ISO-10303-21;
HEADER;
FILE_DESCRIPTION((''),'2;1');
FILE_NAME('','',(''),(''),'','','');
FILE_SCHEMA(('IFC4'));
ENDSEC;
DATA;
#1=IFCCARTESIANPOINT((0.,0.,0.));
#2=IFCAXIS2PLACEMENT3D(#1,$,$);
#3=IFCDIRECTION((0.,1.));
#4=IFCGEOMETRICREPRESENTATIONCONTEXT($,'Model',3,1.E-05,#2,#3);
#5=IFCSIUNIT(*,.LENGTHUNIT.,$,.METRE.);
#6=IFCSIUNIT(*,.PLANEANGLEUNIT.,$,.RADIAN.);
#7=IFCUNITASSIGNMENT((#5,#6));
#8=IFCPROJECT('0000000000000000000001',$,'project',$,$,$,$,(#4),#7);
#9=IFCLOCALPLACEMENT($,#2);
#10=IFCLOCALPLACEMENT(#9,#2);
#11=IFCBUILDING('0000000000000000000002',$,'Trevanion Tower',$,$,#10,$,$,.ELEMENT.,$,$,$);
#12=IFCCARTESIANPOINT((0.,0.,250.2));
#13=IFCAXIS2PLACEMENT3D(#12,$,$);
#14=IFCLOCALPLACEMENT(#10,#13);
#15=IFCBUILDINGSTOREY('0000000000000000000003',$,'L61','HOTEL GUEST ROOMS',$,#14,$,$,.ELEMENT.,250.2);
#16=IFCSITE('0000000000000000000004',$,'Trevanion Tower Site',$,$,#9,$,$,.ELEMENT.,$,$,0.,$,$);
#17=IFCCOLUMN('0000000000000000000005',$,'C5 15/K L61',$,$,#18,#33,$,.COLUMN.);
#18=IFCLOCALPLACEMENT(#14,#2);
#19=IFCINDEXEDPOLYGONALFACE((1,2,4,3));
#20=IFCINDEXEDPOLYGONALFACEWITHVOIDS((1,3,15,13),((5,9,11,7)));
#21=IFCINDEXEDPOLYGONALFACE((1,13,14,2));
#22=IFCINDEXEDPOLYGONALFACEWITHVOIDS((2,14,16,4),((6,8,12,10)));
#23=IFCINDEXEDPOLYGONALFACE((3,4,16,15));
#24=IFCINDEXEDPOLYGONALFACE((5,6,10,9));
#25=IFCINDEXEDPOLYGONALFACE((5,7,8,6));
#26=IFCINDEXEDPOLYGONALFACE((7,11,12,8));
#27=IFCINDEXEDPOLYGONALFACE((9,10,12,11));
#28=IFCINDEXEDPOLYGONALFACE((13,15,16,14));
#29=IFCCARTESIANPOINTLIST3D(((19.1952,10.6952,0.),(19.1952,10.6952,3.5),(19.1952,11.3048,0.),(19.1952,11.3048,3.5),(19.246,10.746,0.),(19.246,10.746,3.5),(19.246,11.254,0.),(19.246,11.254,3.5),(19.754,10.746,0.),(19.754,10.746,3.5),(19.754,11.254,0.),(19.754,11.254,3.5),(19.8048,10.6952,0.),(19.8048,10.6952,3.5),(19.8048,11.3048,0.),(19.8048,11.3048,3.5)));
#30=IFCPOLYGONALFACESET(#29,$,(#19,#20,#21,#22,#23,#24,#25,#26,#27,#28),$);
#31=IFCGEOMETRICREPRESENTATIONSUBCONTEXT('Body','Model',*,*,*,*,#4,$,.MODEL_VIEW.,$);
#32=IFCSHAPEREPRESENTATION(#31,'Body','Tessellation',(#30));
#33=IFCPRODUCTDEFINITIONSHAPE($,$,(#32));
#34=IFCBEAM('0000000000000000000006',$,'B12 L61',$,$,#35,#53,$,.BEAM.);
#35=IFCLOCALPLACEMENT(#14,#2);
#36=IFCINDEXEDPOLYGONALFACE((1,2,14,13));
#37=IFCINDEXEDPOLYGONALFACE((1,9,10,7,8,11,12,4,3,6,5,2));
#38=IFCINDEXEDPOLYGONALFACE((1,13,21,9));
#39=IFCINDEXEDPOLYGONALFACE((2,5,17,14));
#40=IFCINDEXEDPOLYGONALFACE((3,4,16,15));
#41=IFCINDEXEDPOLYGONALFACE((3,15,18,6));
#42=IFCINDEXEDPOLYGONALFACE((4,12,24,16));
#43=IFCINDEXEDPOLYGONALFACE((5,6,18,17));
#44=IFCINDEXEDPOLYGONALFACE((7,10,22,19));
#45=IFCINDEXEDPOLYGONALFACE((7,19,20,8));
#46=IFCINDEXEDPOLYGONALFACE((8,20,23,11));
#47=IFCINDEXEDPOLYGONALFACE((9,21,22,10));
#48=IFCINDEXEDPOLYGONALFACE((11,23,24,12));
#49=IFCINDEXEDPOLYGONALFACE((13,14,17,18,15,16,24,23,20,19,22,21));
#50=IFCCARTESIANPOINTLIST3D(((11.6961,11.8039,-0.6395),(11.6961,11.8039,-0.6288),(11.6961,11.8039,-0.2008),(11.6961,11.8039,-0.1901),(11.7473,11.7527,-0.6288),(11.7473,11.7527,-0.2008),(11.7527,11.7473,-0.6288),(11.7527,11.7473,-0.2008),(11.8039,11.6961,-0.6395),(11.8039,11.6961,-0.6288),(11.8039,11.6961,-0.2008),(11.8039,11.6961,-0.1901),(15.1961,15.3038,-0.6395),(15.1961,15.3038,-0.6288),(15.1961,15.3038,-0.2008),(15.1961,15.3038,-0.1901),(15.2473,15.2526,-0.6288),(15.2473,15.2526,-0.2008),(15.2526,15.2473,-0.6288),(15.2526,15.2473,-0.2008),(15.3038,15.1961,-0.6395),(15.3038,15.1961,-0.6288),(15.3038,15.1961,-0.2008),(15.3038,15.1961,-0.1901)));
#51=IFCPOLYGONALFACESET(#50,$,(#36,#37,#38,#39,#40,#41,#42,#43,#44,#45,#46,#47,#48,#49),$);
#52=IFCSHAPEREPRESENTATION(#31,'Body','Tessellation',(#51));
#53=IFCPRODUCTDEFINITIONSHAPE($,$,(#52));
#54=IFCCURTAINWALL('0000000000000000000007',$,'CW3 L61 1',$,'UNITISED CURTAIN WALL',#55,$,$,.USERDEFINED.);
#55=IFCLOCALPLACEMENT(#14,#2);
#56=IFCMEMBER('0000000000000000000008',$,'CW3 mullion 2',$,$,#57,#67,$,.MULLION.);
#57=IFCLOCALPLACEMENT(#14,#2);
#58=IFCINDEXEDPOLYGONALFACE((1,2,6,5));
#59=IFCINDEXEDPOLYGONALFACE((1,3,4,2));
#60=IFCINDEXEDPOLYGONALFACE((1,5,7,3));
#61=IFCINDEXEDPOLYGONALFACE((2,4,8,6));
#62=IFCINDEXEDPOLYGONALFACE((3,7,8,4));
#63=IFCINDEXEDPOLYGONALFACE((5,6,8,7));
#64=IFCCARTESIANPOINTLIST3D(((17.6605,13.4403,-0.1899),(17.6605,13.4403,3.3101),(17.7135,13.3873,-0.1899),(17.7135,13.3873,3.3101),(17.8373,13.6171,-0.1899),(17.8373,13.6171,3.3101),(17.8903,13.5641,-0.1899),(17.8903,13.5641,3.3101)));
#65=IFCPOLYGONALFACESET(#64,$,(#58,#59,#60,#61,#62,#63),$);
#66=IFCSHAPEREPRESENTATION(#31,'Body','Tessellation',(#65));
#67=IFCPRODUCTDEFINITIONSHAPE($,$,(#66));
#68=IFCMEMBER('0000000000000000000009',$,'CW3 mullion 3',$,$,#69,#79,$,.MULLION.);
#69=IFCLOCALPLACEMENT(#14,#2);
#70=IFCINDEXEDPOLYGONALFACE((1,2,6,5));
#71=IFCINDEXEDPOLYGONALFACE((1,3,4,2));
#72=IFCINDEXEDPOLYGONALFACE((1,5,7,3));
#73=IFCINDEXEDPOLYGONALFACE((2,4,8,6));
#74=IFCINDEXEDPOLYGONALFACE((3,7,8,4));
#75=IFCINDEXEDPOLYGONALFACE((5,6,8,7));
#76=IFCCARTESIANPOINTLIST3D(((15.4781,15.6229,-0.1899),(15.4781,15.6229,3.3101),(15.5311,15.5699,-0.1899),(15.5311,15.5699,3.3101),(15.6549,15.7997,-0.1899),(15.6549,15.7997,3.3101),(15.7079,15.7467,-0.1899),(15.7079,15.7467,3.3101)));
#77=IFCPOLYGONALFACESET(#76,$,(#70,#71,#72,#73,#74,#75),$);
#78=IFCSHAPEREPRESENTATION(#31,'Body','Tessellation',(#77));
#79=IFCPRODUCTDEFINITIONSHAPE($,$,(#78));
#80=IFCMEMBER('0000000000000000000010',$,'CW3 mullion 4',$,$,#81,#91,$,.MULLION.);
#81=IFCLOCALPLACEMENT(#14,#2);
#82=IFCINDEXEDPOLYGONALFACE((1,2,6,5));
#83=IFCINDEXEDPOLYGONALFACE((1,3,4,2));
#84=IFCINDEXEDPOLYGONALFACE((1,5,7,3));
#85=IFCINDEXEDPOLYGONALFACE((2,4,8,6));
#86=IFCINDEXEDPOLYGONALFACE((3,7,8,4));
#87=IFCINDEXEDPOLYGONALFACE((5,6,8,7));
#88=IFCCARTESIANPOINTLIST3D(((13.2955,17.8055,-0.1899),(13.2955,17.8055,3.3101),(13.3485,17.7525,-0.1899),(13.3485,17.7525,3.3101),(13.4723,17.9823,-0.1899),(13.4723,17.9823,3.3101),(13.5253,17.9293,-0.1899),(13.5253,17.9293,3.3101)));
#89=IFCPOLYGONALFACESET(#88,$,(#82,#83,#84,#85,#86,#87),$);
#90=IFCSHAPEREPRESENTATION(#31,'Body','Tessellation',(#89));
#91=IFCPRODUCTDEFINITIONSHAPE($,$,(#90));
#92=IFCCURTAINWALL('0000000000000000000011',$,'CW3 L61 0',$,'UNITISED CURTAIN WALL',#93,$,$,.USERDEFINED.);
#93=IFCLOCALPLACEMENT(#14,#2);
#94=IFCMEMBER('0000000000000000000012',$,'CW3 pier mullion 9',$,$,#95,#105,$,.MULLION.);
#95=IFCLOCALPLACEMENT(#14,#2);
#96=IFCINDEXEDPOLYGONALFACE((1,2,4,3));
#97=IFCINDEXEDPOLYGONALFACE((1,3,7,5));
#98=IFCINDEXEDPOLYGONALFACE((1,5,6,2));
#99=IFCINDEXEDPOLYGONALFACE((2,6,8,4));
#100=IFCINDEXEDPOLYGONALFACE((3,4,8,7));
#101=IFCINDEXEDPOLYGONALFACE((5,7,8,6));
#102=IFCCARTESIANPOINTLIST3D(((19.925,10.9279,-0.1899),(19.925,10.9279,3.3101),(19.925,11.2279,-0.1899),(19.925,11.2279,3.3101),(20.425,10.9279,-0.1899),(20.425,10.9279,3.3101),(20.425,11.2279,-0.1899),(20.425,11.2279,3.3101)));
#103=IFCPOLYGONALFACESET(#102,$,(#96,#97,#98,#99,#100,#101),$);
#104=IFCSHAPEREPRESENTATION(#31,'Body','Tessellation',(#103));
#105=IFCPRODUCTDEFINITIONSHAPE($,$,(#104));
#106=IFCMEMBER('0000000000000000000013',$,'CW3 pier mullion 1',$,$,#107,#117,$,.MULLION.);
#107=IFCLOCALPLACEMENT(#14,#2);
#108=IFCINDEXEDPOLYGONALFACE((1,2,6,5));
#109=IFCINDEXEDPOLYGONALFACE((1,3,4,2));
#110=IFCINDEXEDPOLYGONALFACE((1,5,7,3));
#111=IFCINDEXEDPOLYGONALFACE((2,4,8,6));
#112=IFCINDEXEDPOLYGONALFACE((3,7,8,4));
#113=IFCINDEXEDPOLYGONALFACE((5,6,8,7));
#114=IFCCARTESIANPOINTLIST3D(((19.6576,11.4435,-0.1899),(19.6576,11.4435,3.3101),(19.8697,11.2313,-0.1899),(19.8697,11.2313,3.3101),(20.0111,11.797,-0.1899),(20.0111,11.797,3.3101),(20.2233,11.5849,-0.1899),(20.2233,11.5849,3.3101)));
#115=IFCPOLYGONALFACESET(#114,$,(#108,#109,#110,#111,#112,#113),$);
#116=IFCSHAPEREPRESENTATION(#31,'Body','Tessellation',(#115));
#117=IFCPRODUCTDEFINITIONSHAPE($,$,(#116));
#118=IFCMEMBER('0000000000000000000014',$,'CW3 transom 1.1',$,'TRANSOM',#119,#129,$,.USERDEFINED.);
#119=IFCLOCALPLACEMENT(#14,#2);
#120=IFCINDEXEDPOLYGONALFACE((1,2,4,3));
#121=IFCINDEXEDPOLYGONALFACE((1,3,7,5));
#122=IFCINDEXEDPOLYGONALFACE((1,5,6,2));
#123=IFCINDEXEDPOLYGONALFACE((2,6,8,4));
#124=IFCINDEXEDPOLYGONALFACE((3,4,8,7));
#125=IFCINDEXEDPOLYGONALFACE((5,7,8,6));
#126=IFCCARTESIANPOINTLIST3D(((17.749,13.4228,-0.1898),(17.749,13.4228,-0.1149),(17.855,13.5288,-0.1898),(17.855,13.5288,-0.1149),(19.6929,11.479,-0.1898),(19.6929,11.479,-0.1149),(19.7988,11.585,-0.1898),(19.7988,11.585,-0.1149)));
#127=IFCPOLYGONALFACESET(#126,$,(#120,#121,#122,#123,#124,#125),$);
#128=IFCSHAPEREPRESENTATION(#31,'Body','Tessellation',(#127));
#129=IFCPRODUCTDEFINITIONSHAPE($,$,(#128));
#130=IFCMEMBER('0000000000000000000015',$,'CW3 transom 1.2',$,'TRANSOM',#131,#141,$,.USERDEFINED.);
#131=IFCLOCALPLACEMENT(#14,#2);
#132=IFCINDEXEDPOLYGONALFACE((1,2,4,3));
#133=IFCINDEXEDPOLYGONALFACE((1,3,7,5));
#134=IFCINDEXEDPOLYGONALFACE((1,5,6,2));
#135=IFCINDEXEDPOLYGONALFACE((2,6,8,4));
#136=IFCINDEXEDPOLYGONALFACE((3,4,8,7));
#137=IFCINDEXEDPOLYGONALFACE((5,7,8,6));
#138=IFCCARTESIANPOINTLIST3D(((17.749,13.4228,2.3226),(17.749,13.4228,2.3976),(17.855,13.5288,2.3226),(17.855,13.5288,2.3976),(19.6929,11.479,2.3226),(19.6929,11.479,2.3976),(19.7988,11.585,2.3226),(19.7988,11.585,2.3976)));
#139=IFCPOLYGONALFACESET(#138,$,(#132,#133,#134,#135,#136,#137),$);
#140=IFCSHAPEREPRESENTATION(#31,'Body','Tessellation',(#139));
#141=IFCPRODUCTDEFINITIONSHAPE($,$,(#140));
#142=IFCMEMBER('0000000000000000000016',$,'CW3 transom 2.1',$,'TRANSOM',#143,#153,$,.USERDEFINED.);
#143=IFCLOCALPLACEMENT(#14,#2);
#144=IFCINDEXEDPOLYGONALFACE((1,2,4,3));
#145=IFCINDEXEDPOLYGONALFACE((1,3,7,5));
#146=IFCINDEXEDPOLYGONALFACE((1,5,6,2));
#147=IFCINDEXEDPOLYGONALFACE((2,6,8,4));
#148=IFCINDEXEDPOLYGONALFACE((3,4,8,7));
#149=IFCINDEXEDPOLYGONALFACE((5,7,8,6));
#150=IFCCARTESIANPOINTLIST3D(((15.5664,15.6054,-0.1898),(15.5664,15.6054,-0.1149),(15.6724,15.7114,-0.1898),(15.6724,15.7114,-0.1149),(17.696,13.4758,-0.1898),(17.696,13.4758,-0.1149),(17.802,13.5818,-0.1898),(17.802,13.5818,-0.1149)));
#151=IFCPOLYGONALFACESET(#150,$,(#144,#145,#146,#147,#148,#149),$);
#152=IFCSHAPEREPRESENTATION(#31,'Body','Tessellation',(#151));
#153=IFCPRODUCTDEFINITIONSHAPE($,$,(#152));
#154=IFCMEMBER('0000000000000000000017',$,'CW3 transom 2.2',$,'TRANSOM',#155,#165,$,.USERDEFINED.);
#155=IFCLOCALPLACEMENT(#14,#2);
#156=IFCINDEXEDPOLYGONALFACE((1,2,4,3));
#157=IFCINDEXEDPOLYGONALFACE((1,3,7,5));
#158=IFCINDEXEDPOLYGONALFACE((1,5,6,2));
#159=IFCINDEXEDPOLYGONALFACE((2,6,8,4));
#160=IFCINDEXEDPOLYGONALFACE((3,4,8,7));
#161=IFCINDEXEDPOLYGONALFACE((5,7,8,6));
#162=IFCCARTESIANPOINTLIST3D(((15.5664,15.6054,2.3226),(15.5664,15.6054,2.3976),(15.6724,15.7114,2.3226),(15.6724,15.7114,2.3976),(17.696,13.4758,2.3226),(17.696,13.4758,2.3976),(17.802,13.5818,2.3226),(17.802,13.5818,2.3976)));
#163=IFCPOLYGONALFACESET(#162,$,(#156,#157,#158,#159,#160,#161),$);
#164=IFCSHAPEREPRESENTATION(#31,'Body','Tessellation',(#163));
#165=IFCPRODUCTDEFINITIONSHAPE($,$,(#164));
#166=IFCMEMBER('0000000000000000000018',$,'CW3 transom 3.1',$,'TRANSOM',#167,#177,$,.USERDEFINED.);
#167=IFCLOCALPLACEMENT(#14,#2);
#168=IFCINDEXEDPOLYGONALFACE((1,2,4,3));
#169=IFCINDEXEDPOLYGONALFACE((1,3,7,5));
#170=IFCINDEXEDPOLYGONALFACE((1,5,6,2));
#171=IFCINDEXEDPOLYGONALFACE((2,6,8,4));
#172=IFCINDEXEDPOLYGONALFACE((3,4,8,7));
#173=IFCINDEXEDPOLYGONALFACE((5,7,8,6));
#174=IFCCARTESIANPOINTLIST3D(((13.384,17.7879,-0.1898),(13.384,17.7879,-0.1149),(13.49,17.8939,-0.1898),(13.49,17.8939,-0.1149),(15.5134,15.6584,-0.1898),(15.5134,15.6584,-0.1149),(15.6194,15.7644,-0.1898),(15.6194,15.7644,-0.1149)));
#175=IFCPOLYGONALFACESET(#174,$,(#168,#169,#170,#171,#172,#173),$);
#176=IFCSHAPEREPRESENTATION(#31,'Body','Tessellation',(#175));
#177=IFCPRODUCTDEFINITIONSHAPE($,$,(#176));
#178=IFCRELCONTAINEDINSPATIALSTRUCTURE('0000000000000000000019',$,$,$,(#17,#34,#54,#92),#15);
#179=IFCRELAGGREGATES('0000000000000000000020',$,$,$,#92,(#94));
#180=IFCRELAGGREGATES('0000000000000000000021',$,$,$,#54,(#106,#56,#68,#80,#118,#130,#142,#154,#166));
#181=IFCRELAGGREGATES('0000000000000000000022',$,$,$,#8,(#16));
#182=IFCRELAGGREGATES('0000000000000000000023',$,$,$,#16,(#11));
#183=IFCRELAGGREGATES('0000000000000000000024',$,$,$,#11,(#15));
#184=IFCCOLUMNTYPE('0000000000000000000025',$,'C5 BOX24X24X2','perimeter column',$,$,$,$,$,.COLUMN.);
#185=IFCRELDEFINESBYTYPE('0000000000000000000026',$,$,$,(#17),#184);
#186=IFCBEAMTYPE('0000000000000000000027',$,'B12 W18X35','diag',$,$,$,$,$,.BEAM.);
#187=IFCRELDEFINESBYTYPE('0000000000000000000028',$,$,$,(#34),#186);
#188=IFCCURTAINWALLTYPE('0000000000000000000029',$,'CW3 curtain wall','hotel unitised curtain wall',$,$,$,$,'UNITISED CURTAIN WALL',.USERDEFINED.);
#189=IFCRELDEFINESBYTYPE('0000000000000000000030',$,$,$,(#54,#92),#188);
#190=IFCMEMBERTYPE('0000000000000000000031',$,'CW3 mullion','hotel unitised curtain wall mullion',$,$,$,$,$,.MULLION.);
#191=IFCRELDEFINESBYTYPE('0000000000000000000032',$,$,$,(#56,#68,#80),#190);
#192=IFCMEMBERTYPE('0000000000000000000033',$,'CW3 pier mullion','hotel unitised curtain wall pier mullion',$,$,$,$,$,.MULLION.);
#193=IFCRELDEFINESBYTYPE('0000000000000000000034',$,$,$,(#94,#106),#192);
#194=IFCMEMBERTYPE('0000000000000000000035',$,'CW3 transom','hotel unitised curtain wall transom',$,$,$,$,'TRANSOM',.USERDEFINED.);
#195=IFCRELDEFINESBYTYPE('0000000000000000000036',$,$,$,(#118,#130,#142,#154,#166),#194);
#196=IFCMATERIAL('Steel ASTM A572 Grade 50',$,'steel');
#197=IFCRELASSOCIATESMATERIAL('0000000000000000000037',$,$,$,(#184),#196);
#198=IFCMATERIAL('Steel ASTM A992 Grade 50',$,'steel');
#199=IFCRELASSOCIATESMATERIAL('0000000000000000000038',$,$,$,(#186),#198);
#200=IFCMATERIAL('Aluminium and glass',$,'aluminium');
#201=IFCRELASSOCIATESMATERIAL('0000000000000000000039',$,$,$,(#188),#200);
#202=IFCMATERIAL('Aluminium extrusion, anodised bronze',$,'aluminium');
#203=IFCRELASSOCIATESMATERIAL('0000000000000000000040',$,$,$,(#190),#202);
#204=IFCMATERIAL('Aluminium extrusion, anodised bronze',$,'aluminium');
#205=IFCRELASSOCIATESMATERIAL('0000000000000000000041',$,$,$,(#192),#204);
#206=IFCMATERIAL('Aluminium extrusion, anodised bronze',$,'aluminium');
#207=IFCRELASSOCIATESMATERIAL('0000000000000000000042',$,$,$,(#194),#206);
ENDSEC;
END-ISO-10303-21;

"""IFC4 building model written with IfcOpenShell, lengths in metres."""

from ifc_helpers import new_model, si_unit, direction, frame, origin, origin_2d, place, context, subcontext, project, spatial, rectangle, hollow_rectangle, i_section, extrude, material, material_profile, profile_set, type_object, element, aggregate, save


model = new_model("IFC4")

# Units and contexts
model_context = context("Model", 3, precision=1e-05, world=origin(), true_north=direction((0.0, 1.0)))
body_context = subcontext(model_context, "Body", "Model", "MODEL_VIEW")
ifc_project = project(units=[si_unit("LENGTHUNIT", "METRE"), si_unit("PLANEANGLEUNIT", "RADIAN")], contexts=[model_context])

# Site, building, storey
site_placement = place(None, origin())
site = spatial("IfcSite", under=ifc_project, at=site_placement, Name="Trevanion Tower Site", CompositionType="ELEMENT", RefElevation=0.0)
building_placement = place(site_placement, origin())
building = spatial("IfcBuilding", under=site, at=building_placement, Name="Trevanion Tower", CompositionType="ELEMENT")
storey_placement = place(building_placement, frame((0.0, 0.0, 250.2)))
storey = spatial("IfcBuildingStorey", under=building, at=storey_placement, Name="L61", Description="HOTEL GUEST ROOMS", CompositionType="ELEMENT", Elevation=250.2)

# Column
ifc_material_1 = material(Name="Steel ASTM A572 Grade 50", Category="steel")
ifc_material_profile_1 = material_profile(ifc_material_1, hollow_rectangle(XDim=0.6096, YDim=0.6096, WallThickness=0.0508, at=origin_2d()), Name="BOX24X24X2")
ifc_profile_set_1 = profile_set([ifc_material_profile_1], Name="Steel ASTM A572 Grade 50")
column_type = type_object("IfcColumnType", Name="C5 BOX24X24X2", Description="perimeter column", PredefinedType="COLUMN", material=ifc_profile_set_1)
column_placement = place(storey_placement, frame((19.5, 11.0, 0.0), z_axis=(0.0, 0.0, 1.0), x_axis=(0.0, 1.0, 0.0)))
element("IfcColumn", 1, at=column_placement, inside=storey, type_object=column_type, Name="C5 15/K L61", PredefinedType="COLUMN", context=body_context, shape_type="SweptSolid", body=[
    extrude(hollow_rectangle(XDim=0.6096, YDim=0.6096, WallThickness=0.0508, at=origin_2d()), origin(), (0.0, 0.0, 1.0), 3.5),
])

# Beam
ifc_material_2 = material(Name="Steel ASTM A992 Grade 50", Category="steel")
ifc_material_profile_2 = material_profile(ifc_material_2, i_section(OverallWidth=0.1523, OverallDepth=0.4495, WebThickness=0.0076, FlangeThickness=0.0107, at=origin_2d()), Name="W18X35")
ifc_profile_set_2 = profile_set([ifc_material_profile_2], Name="Steel ASTM A992 Grade 50")
beam_type_1 = type_object("IfcBeamType", Name="B12 W18X35", Description="diag", PredefinedType="BEAM", material=ifc_profile_set_2)
beam_1_placement = place(storey_placement, frame((11.75, 11.75, -0.4148), z_axis=(0.707107, 0.707107, 0.0), x_axis=(-0.707107, 0.707107, 0.0)))
element("IfcBeam", 2, at=beam_1_placement, inside=storey, type_object=beam_type_1, Name="B12 L61", PredefinedType="BEAM", context=body_context, shape_type="SweptSolid", body=[
    extrude(i_section(OverallWidth=0.1523, OverallDepth=0.4495, WebThickness=0.0076, FlangeThickness=0.0107, at=origin_2d()), origin(), (0.0, 0.0, 1.0), 4.9497),
])

# Curtain wall, members
ifc_material_3 = material(Name="Aluminium and glass", Category="aluminium")
curtain_wall_type = type_object("IfcCurtainWallType", Name="CW3 curtain wall", Description="hotel unitised curtain wall", ElementType="UNITISED CURTAIN WALL", PredefinedType="USERDEFINED", material=ifc_material_3)
curtain_wall_1_placement = place(storey_placement, origin())
curtain_wall_1 = element("IfcCurtainWall", 3, at=curtain_wall_1_placement, inside=storey, type_object=curtain_wall_type, Name="CW3 L61 1", ObjectType="UNITISED CURTAIN WALL", PredefinedType="USERDEFINED")
ifc_material_4 = material(Name="Aluminium extrusion, anodised bronze", Category="aluminium")
ifc_material_profile_3 = material_profile(ifc_material_4, rectangle(XDim=0.075, YDim=0.25, at=origin_2d()), Name="CW3 mullion")
ifc_profile_set_3 = profile_set([ifc_material_profile_3], Name="Aluminium extrusion, anodised bronze")
member_type_1 = type_object("IfcMemberType", Name="CW3 mullion", Description="hotel unitised curtain wall mullion", PredefinedType="MULLION", material=ifc_profile_set_3)
member_1_placement = place(storey_placement, frame((17.7754, 13.5022, -0.1899), z_axis=(0.0, 0.0, 1.0), x_axis=(-0.707107, 0.707107, 0.0)))
member_1 = element("IfcMember", 4, at=member_1_placement, type_object=member_type_1, Name="CW3 mullion 2", PredefinedType="MULLION", context=body_context, shape_type="SweptSolid", body=[
    extrude(rectangle(XDim=0.075, YDim=0.25, at=origin_2d()), origin(), (0.0, 0.0, 1.0), 3.5),
])
member_2_placement = place(storey_placement, frame((15.593, 15.6848, -0.1899), z_axis=(0.0, 0.0, 1.0), x_axis=(-0.707107, 0.707107, 0.0)))
member_2 = element("IfcMember", 5, at=member_2_placement, type_object=member_type_1, Name="CW3 mullion 3", PredefinedType="MULLION", context=body_context, shape_type="SweptSolid", body=[
    extrude(rectangle(XDim=0.075, YDim=0.25, at=origin_2d()), origin(), (0.0, 0.0, 1.0), 3.5),
])
member_3_placement = place(storey_placement, frame((13.4104, 17.8674, -0.1899), z_axis=(0.0, 0.0, 1.0), x_axis=(-0.707107, 0.707107, 0.0)))
member_3 = element("IfcMember", 6, at=member_3_placement, type_object=member_type_1, Name="CW3 mullion 4", PredefinedType="MULLION", context=body_context, shape_type="SweptSolid", body=[
    extrude(rectangle(XDim=0.075, YDim=0.25, at=origin_2d()), origin(), (0.0, 0.0, 1.0), 3.5),
])

# Curtain wall, member
curtain_wall_2_placement = place(storey_placement, origin())
curtain_wall_2 = element("IfcCurtainWall", 7, at=curtain_wall_2_placement, inside=storey, type_object=curtain_wall_type, Name="CW3 L61 0", ObjectType="UNITISED CURTAIN WALL", PredefinedType="USERDEFINED")
ifc_material_5 = material(Name="Aluminium extrusion, anodised bronze", Category="aluminium")
ifc_material_profile_4 = material_profile(ifc_material_5, rectangle(XDim=0.3, YDim=0.5, at=origin_2d()), Name="CW3 pier mullion")
ifc_profile_set_4 = profile_set([ifc_material_profile_4], Name="Aluminium extrusion, anodised bronze")
member_type_2 = type_object("IfcMemberType", Name="CW3 pier mullion", Description="hotel unitised curtain wall pier mullion", PredefinedType="MULLION", material=ifc_profile_set_4)
member_4_placement = place(storey_placement, frame((20.175, 11.0779, -0.1899), z_axis=(0.0, 0.0, 1.0), x_axis=(0.0, 1.0, 0.0)))
member_4 = element("IfcMember", 8, at=member_4_placement, type_object=member_type_2, Name="CW3 pier mullion 9", PredefinedType="MULLION", context=body_context, shape_type="SweptSolid", body=[
    extrude(rectangle(XDim=0.3, YDim=0.5, at=origin_2d()), origin(), (0.0, 0.0, 1.0), 3.5),
])

# Members
member_5_placement = place(storey_placement, frame((19.9404, 11.5142, -0.1899), z_axis=(0.0, 0.0, 1.0), x_axis=(-0.707107, 0.707107, 0.0)))
member_5 = element("IfcMember", 9, at=member_5_placement, type_object=member_type_2, Name="CW3 pier mullion 1", PredefinedType="MULLION", context=body_context, shape_type="SweptSolid", body=[
    extrude(rectangle(XDim=0.3, YDim=0.5, at=origin_2d()), origin(), (0.0, 0.0, 1.0), 3.5),
])
ifc_material_6 = material(Name="Aluminium extrusion, anodised bronze", Category="aluminium")
ifc_material_profile_5 = material_profile(ifc_material_6, rectangle(XDim=0.1499, YDim=0.075, at=origin_2d()), Name="CW3 transom")
ifc_profile_set_5 = profile_set([ifc_material_profile_5], Name="Aluminium extrusion, anodised bronze")
member_type_3 = type_object("IfcMemberType", Name="CW3 transom", Description="hotel unitised curtain wall transom", ElementType="TRANSOM", PredefinedType="USERDEFINED", material=ifc_profile_set_5)
member_6_placement = place(storey_placement, frame((19.7458, 11.532, -0.1523), z_axis=(-0.707107, 0.707107, 0.0), x_axis=(-0.707107, -0.707107, 0.0)))
member_6 = element("IfcMember", 10, at=member_6_placement, type_object=member_type_3, Name="CW3 transom 1.1", ObjectType="TRANSOM", PredefinedType="USERDEFINED", context=body_context, shape_type="SweptSolid", body=[
    extrude(rectangle(XDim=0.1499, YDim=0.075, at=origin_2d()), origin(), (0.0, 0.0, 1.0), 2.749),
])
member_7_placement = place(storey_placement, frame((19.7458, 11.532, 2.3601), z_axis=(-0.707107, 0.707107, 0.0), x_axis=(-0.707107, -0.707107, 0.0)))
member_7 = element("IfcMember", 11, at=member_7_placement, type_object=member_type_3, Name="CW3 transom 1.2", ObjectType="TRANSOM", PredefinedType="USERDEFINED", context=body_context, shape_type="SweptSolid", body=[
    extrude(rectangle(XDim=0.1499, YDim=0.075, at=origin_2d()), origin(), (0.0, 0.0, 1.0), 2.749),
])
member_8_placement = place(storey_placement, frame((17.749, 13.5288, -0.1523), z_axis=(-0.707107, 0.707107, 0.0), x_axis=(-0.707107, -0.707107, 0.0)))
member_8 = element("IfcMember", 12, at=member_8_placement, type_object=member_type_3, Name="CW3 transom 2.1", ObjectType="TRANSOM", PredefinedType="USERDEFINED", context=body_context, shape_type="SweptSolid", body=[
    extrude(rectangle(XDim=0.1499, YDim=0.075, at=origin_2d()), origin(), (0.0, 0.0, 1.0), 3.0117),
])
member_9_placement = place(storey_placement, frame((17.749, 13.5288, 2.3601), z_axis=(-0.707107, 0.707107, 0.0), x_axis=(-0.707107, -0.707107, 0.0)))
member_9 = element("IfcMember", 13, at=member_9_placement, type_object=member_type_3, Name="CW3 transom 2.2", ObjectType="TRANSOM", PredefinedType="USERDEFINED", context=body_context, shape_type="SweptSolid", body=[
    extrude(rectangle(XDim=0.1499, YDim=0.075, at=origin_2d()), origin(), (0.0, 0.0, 1.0), 3.0117),
])
member_10_placement = place(storey_placement, frame((15.5664, 15.7114, -0.1523), z_axis=(-0.707107, 0.707107, 0.0), x_axis=(-0.707107, -0.707107, 0.0)))
member_10 = element("IfcMember", 14, at=member_10_placement, type_object=member_type_3, Name="CW3 transom 3.1", ObjectType="TRANSOM", PredefinedType="USERDEFINED", context=body_context, shape_type="SweptSolid", body=[
    extrude(rectangle(XDim=0.1499, YDim=0.075, at=origin_2d()), origin(), (0.0, 0.0, 1.0), 3.0115),
])

aggregate(curtain_wall_2, [member_4])
aggregate(curtain_wall_1, [member_5, member_1, member_2, member_3, member_6, member_7, member_8, member_9, member_10])

save(model, "model.ifc")
